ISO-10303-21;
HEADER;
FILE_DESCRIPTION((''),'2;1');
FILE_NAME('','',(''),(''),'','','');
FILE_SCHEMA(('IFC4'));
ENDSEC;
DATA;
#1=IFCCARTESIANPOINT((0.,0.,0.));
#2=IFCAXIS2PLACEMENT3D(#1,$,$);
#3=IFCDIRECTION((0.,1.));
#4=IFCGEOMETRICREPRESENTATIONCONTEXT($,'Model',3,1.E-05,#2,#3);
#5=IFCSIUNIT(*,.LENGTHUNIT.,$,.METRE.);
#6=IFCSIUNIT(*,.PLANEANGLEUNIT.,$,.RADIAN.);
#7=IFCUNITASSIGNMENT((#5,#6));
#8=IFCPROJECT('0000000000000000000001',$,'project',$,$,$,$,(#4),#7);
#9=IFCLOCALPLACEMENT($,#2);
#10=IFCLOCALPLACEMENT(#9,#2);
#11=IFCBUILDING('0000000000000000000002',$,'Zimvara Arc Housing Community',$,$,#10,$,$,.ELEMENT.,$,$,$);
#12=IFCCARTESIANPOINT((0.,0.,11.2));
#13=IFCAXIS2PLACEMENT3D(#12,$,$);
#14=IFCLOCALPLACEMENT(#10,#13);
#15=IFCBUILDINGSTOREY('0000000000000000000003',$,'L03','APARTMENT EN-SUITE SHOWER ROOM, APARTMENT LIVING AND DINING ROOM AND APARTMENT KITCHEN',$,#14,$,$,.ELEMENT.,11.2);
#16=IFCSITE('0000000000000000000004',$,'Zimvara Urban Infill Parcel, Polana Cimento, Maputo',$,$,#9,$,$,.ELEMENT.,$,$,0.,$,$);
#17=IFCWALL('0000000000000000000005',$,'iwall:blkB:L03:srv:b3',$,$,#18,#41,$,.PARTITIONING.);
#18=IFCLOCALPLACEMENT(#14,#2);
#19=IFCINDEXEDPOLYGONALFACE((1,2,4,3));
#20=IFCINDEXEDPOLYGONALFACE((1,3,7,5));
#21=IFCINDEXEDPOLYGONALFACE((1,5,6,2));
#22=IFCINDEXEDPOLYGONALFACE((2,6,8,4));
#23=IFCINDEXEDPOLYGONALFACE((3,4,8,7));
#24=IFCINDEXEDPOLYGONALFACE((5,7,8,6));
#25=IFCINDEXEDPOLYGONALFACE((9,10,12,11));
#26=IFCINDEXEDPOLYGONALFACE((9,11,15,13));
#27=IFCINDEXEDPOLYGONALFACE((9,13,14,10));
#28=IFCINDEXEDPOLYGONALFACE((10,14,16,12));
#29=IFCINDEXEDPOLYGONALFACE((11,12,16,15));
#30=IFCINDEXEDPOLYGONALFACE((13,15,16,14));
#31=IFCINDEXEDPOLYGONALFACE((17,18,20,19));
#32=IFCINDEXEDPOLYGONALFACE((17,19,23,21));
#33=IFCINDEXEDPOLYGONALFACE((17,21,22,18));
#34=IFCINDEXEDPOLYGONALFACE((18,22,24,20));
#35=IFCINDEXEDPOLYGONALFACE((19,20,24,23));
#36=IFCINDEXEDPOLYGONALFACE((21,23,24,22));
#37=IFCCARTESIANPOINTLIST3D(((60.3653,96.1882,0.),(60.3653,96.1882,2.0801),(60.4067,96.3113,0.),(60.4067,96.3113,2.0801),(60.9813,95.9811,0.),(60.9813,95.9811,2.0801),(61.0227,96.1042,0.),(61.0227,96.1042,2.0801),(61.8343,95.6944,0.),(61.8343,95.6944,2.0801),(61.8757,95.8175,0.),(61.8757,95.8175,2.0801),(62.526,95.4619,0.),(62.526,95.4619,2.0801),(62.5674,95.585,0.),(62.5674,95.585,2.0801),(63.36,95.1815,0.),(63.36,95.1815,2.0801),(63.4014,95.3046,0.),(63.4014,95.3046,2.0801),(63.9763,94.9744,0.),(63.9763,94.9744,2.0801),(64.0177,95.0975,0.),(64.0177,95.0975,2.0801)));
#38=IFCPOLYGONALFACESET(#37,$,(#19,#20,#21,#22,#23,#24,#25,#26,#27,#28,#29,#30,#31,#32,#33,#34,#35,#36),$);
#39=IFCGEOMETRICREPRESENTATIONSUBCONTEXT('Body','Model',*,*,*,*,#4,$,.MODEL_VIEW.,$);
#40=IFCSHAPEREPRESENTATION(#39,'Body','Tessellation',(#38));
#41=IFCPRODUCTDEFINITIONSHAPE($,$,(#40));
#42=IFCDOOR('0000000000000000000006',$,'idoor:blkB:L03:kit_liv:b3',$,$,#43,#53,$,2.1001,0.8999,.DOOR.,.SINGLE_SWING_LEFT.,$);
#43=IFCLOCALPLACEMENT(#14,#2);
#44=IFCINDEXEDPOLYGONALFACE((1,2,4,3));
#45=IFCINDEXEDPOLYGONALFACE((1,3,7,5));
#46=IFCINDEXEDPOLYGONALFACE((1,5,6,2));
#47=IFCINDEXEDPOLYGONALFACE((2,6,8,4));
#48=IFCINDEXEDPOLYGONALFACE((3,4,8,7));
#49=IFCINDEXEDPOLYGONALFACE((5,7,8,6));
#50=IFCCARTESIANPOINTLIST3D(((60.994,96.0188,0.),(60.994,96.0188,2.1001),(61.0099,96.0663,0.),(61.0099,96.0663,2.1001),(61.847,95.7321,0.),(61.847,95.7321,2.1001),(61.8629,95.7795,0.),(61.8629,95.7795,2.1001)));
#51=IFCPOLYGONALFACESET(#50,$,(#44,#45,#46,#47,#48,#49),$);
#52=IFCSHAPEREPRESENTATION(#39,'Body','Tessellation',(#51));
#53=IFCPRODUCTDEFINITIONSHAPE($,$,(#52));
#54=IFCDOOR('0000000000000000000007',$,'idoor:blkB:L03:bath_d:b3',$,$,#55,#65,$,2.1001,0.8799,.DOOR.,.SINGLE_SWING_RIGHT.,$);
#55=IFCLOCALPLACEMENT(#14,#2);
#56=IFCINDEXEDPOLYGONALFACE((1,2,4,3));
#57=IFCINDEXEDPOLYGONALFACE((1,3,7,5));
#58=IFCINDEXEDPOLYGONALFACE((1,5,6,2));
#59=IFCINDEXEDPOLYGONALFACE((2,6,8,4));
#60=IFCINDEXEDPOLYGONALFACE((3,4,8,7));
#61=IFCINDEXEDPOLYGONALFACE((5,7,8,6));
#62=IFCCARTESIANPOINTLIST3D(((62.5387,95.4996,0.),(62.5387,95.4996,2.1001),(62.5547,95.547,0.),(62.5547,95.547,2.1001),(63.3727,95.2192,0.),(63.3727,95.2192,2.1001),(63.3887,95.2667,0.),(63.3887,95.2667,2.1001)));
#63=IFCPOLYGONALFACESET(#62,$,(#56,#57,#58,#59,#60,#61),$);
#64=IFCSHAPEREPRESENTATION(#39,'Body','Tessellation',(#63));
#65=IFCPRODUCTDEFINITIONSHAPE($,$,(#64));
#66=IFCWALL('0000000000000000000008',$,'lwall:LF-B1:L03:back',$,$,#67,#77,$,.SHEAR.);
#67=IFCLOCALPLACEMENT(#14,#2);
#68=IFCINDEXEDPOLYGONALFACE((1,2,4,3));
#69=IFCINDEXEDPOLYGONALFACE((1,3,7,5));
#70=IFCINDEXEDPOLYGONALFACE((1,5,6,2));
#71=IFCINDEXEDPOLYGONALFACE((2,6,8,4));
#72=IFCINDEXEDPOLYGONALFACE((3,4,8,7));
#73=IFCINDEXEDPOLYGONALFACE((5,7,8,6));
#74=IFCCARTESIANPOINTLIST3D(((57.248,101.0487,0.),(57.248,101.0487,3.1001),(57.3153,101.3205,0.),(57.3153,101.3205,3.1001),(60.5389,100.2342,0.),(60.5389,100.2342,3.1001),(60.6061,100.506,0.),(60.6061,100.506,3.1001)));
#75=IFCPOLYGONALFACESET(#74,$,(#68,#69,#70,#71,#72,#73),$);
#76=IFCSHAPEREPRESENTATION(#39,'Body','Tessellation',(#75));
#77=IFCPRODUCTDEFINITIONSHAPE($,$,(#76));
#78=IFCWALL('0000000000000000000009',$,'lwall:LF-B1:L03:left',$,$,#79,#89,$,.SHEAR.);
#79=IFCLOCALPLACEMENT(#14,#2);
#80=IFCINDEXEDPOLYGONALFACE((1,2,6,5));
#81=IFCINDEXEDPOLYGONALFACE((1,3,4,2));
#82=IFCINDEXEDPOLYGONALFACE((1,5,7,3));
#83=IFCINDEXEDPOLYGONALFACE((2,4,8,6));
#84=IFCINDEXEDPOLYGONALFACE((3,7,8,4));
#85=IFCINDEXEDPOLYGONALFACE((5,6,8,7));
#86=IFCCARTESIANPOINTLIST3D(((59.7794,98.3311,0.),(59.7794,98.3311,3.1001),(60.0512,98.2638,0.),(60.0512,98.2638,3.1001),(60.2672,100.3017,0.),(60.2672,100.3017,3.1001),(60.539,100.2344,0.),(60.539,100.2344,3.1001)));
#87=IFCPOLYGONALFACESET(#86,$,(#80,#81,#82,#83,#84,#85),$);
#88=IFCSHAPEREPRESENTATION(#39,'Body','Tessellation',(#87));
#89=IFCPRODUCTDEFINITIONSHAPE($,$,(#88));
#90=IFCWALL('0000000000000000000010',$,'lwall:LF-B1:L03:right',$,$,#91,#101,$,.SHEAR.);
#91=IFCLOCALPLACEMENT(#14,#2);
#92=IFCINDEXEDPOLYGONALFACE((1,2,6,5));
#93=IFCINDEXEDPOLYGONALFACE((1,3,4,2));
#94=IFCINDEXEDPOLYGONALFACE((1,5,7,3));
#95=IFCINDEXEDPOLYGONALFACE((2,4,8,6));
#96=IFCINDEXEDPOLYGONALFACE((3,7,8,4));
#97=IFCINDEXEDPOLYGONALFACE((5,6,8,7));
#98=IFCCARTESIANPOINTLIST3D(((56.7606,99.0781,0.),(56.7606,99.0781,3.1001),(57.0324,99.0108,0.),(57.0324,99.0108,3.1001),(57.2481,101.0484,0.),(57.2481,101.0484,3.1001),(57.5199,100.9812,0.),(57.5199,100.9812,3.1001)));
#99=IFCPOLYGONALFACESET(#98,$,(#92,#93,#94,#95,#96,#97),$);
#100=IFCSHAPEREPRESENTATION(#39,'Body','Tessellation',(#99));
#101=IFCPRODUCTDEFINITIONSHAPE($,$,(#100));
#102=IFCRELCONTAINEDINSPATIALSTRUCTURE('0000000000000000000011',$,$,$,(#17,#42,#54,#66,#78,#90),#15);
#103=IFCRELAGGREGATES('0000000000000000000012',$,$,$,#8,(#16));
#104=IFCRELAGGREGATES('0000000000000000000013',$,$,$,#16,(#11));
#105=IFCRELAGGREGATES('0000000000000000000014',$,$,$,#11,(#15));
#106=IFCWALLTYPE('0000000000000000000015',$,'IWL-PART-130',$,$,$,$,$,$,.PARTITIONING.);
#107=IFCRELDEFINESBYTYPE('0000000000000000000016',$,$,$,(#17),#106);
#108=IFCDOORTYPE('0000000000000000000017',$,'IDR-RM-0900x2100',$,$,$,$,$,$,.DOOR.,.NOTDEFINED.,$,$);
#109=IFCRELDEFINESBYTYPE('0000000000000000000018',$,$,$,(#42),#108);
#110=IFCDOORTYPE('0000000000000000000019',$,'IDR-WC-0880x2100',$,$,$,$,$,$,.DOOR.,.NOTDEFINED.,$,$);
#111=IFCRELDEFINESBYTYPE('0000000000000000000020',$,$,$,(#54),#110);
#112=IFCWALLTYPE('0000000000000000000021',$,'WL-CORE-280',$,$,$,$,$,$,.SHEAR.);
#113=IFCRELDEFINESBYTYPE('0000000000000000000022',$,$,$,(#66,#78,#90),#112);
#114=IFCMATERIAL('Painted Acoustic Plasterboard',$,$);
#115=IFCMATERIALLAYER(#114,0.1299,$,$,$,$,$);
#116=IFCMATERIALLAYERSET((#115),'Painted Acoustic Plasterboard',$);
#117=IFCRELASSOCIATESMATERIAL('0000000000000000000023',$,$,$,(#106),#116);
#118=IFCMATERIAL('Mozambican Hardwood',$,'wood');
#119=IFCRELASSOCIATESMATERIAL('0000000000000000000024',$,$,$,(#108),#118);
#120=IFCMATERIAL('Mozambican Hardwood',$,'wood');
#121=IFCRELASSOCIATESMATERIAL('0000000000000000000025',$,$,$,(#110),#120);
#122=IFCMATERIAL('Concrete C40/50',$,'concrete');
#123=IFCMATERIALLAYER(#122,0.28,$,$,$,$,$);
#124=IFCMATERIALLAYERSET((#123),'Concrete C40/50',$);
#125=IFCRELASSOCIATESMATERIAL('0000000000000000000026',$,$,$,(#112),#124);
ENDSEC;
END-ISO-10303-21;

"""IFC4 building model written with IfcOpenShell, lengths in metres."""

from ifc_helpers import new_model, si_unit, direction, frame, frame_2d, origin, place, context, subcontext, project, spatial, rectangle, extrude, material, layer, layer_set, type_object, element, fill, save


model = new_model("IFC4")

# Units and contexts
model_context = context("Model", 3, precision=1e-05, world=origin(), true_north=direction((0.0, 1.0)))
body_context = subcontext(model_context, "Body", "Model", "MODEL_VIEW")
ifc_project = project(units=[si_unit("LENGTHUNIT", "METRE"), si_unit("PLANEANGLEUNIT", "RADIAN")], contexts=[model_context])

# Site, building, storey
site_placement = place(None, origin())
site = spatial("IfcSite", under=ifc_project, at=site_placement, Name="Zimvara Urban Infill Parcel, Polana Cimento, Maputo", CompositionType="ELEMENT", RefElevation=0.0)
building_placement = place(site_placement, origin())
building = spatial("IfcBuilding", under=site, at=building_placement, Name="Zimvara Arc Housing Community", CompositionType="ELEMENT")
storey_placement = place(building_placement, frame((0.0, 0.0, 11.2)))
storey = spatial("IfcBuildingStorey", under=building, at=storey_placement, Name="L03", Description="APARTMENT EN-SUITE SHOWER ROOM, APARTMENT LIVING AND DINING ROOM AND APARTMENT KITCHEN", CompositionType="ELEMENT", Elevation=11.2)

# Wall, openings, doors
ifc_material_1 = material(Name="Painted Acoustic Plasterboard")
ifc_layer_1 = layer(ifc_material_1, 0.1299)
ifc_layer_set_1 = layer_set([ifc_layer_1], Name="Painted Acoustic Plasterboard")
wall_type_1 = type_object("IfcWallType", Name="IWL-PART-130", PredefinedType="PARTITIONING", material=ifc_layer_set_1)
wall_1_placement = place(storey_placement, frame((60.386, 96.2498, 0.0), z_axis=(0.0, 0.0, 1.0), x_axis=(0.947879, -0.31863, 0.0)))
wall_1 = element("IfcWall", 1, at=wall_1_placement, inside=storey, type_object=wall_type_1, Name="iwall:blkB:L03:srv:b3", PredefinedType="PARTITIONING", context=body_context, shape_type="SweptSolid", body=[
    extrude(rectangle(XDim=3.8096, YDim=0.1299, at=frame_2d((1.9048, 0.0))), origin(), (0.0, 0.0, 1.0), 2.0801),
])
opening_1_placement = place(wall_1_placement, frame((0.6499, 0.0, 0.0)))
opening_1 = element("IfcOpeningElement", 2, at=opening_1_placement, cuts=wall_1, PredefinedType="OPENING", context=body_context, shape_type="SweptSolid", body=[
    extrude(rectangle(XDim=0.8999, YDim=2.1001, at=frame_2d((0.45, 1.05))), frame((0.0, 0.075, 0.0), z_axis=(0.0, -1.0, 0.0), x_axis=(1.0, 0.0, 0.0)), (0.0, 0.0, 1.0), 0.1499),
])
opening_2_placement = place(wall_1_placement, frame((2.2795, 0.0, 0.0)))
opening_2 = element("IfcOpeningElement", 3, at=opening_2_placement, cuts=wall_1, PredefinedType="OPENING", context=body_context, shape_type="SweptSolid", body=[
    extrude(rectangle(XDim=0.8799, YDim=2.1001, at=frame_2d((0.4399, 1.05))), frame((0.0, 0.075, 0.0), z_axis=(0.0, -1.0, 0.0), x_axis=(1.0, 0.0, 0.0)), (0.0, 0.0, 1.0), 0.1499),
])
ifc_material_2 = material(Name="Mozambican Hardwood", Category="wood")
door_type_1 = type_object("IfcDoorType", Name="IDR-RM-0900x2100", OperationType="NOTDEFINED", PredefinedType="DOOR", material=ifc_material_2)
door_1_placement = place(opening_1_placement, origin())
door_1 = element("IfcDoor", 4, at=door_1_placement, inside=storey, type_object=door_type_1, Name="idoor:blkB:L03:kit_liv:b3", OperationType="SINGLE_SWING_LEFT", OverallHeight=2.1001, OverallWidth=0.8999, PredefinedType="DOOR", context=body_context, shape_type="SweptSolid", body=[
    extrude(rectangle(XDim=0.8999, YDim=2.1001, at=frame_2d((0.45, 1.05))), frame((0.0, 0.0249, 0.0), z_axis=(0.0, -1.0, 0.0), x_axis=(1.0, 0.0, 0.0)), (0.0, 0.0, 1.0), 0.05),
])
fill(opening_1, door_1)
ifc_material_3 = material(Name="Mozambican Hardwood", Category="wood")
door_type_2 = type_object("IfcDoorType", Name="IDR-WC-0880x2100", OperationType="NOTDEFINED", PredefinedType="DOOR", material=ifc_material_3)
door_2_placement = place(opening_2_placement, origin())
door_2 = element("IfcDoor", 5, at=door_2_placement, inside=storey, type_object=door_type_2, Name="idoor:blkB:L03:bath_d:b3", OperationType="SINGLE_SWING_RIGHT", OverallHeight=2.1001, OverallWidth=0.8799, PredefinedType="DOOR", context=body_context, shape_type="SweptSolid", body=[
    extrude(rectangle(XDim=0.8799, YDim=2.1001, at=frame_2d((0.4399, 1.05))), frame((0.0, 0.0249, 0.0), z_axis=(0.0, -1.0, 0.0), x_axis=(1.0, 0.0, 0.0)), (0.0, 0.0, 1.0), 0.05),
])
fill(opening_2, door_2)

# Shared definitions
ifc_material_4 = material(Name="Concrete C40/50", Category="concrete")
ifc_layer_2 = layer(ifc_material_4, 0.28)
ifc_layer_set_2 = layer_set([ifc_layer_2], Name="Concrete C40/50")
wall_type_2 = type_object("IfcWallType", Name="WL-CORE-280", PredefinedType="SHEAR", material=ifc_layer_set_2)

# Walls
wall_2_placement = place(storey_placement, frame((60.5725, 100.3701, 0.0), z_axis=(0.0, 0.0, 1.0), x_axis=(-0.970712, 0.240247, 0.0)))
element("IfcWall", 6, at=wall_2_placement, inside=storey, type_object=wall_type_2, Name="lwall:LF-B1:L03:back", PredefinedType="SHEAR", context=body_context, shape_type="SweptSolid", body=[
    extrude(rectangle(XDim=3.3901, YDim=0.28, at=frame_2d((1.6951, 0.0))), origin(), (0.0, 0.0, 1.0), 3.1001),
])
wall_3_placement = place(storey_placement, frame((59.9153, 98.2974, 0.0), z_axis=(0.0, 0.0, 1.0), x_axis=(0.240299, 0.970699, 0.0)))
element("IfcWall", 7, at=wall_3_placement, inside=storey, type_object=wall_type_2, Name="lwall:LF-B1:L03:left", PredefinedType="SHEAR", context=body_context, shape_type="SweptSolid", body=[
    extrude(rectangle(XDim=2.03, YDim=0.28, at=frame_2d((1.0151, 0.0))), origin(), (0.0, 0.0, 1.0), 3.1001),
])
wall_4_placement = place(storey_placement, frame((56.8965, 99.0444, 0.0), z_axis=(0.0, 0.0, 1.0), x_axis=(0.240186, 0.970727, 0.0)))
element("IfcWall", 8, at=wall_4_placement, inside=storey, type_object=wall_type_2, Name="lwall:LF-B1:L03:right", PredefinedType="SHEAR", context=body_context, shape_type="SweptSolid", body=[
    extrude(rectangle(XDim=2.0298, YDim=0.28, at=frame_2d((1.0149, 0.0))), origin(), (0.0, 0.0, 1.0), 3.1001),
])

save(model, "model.ifc")
